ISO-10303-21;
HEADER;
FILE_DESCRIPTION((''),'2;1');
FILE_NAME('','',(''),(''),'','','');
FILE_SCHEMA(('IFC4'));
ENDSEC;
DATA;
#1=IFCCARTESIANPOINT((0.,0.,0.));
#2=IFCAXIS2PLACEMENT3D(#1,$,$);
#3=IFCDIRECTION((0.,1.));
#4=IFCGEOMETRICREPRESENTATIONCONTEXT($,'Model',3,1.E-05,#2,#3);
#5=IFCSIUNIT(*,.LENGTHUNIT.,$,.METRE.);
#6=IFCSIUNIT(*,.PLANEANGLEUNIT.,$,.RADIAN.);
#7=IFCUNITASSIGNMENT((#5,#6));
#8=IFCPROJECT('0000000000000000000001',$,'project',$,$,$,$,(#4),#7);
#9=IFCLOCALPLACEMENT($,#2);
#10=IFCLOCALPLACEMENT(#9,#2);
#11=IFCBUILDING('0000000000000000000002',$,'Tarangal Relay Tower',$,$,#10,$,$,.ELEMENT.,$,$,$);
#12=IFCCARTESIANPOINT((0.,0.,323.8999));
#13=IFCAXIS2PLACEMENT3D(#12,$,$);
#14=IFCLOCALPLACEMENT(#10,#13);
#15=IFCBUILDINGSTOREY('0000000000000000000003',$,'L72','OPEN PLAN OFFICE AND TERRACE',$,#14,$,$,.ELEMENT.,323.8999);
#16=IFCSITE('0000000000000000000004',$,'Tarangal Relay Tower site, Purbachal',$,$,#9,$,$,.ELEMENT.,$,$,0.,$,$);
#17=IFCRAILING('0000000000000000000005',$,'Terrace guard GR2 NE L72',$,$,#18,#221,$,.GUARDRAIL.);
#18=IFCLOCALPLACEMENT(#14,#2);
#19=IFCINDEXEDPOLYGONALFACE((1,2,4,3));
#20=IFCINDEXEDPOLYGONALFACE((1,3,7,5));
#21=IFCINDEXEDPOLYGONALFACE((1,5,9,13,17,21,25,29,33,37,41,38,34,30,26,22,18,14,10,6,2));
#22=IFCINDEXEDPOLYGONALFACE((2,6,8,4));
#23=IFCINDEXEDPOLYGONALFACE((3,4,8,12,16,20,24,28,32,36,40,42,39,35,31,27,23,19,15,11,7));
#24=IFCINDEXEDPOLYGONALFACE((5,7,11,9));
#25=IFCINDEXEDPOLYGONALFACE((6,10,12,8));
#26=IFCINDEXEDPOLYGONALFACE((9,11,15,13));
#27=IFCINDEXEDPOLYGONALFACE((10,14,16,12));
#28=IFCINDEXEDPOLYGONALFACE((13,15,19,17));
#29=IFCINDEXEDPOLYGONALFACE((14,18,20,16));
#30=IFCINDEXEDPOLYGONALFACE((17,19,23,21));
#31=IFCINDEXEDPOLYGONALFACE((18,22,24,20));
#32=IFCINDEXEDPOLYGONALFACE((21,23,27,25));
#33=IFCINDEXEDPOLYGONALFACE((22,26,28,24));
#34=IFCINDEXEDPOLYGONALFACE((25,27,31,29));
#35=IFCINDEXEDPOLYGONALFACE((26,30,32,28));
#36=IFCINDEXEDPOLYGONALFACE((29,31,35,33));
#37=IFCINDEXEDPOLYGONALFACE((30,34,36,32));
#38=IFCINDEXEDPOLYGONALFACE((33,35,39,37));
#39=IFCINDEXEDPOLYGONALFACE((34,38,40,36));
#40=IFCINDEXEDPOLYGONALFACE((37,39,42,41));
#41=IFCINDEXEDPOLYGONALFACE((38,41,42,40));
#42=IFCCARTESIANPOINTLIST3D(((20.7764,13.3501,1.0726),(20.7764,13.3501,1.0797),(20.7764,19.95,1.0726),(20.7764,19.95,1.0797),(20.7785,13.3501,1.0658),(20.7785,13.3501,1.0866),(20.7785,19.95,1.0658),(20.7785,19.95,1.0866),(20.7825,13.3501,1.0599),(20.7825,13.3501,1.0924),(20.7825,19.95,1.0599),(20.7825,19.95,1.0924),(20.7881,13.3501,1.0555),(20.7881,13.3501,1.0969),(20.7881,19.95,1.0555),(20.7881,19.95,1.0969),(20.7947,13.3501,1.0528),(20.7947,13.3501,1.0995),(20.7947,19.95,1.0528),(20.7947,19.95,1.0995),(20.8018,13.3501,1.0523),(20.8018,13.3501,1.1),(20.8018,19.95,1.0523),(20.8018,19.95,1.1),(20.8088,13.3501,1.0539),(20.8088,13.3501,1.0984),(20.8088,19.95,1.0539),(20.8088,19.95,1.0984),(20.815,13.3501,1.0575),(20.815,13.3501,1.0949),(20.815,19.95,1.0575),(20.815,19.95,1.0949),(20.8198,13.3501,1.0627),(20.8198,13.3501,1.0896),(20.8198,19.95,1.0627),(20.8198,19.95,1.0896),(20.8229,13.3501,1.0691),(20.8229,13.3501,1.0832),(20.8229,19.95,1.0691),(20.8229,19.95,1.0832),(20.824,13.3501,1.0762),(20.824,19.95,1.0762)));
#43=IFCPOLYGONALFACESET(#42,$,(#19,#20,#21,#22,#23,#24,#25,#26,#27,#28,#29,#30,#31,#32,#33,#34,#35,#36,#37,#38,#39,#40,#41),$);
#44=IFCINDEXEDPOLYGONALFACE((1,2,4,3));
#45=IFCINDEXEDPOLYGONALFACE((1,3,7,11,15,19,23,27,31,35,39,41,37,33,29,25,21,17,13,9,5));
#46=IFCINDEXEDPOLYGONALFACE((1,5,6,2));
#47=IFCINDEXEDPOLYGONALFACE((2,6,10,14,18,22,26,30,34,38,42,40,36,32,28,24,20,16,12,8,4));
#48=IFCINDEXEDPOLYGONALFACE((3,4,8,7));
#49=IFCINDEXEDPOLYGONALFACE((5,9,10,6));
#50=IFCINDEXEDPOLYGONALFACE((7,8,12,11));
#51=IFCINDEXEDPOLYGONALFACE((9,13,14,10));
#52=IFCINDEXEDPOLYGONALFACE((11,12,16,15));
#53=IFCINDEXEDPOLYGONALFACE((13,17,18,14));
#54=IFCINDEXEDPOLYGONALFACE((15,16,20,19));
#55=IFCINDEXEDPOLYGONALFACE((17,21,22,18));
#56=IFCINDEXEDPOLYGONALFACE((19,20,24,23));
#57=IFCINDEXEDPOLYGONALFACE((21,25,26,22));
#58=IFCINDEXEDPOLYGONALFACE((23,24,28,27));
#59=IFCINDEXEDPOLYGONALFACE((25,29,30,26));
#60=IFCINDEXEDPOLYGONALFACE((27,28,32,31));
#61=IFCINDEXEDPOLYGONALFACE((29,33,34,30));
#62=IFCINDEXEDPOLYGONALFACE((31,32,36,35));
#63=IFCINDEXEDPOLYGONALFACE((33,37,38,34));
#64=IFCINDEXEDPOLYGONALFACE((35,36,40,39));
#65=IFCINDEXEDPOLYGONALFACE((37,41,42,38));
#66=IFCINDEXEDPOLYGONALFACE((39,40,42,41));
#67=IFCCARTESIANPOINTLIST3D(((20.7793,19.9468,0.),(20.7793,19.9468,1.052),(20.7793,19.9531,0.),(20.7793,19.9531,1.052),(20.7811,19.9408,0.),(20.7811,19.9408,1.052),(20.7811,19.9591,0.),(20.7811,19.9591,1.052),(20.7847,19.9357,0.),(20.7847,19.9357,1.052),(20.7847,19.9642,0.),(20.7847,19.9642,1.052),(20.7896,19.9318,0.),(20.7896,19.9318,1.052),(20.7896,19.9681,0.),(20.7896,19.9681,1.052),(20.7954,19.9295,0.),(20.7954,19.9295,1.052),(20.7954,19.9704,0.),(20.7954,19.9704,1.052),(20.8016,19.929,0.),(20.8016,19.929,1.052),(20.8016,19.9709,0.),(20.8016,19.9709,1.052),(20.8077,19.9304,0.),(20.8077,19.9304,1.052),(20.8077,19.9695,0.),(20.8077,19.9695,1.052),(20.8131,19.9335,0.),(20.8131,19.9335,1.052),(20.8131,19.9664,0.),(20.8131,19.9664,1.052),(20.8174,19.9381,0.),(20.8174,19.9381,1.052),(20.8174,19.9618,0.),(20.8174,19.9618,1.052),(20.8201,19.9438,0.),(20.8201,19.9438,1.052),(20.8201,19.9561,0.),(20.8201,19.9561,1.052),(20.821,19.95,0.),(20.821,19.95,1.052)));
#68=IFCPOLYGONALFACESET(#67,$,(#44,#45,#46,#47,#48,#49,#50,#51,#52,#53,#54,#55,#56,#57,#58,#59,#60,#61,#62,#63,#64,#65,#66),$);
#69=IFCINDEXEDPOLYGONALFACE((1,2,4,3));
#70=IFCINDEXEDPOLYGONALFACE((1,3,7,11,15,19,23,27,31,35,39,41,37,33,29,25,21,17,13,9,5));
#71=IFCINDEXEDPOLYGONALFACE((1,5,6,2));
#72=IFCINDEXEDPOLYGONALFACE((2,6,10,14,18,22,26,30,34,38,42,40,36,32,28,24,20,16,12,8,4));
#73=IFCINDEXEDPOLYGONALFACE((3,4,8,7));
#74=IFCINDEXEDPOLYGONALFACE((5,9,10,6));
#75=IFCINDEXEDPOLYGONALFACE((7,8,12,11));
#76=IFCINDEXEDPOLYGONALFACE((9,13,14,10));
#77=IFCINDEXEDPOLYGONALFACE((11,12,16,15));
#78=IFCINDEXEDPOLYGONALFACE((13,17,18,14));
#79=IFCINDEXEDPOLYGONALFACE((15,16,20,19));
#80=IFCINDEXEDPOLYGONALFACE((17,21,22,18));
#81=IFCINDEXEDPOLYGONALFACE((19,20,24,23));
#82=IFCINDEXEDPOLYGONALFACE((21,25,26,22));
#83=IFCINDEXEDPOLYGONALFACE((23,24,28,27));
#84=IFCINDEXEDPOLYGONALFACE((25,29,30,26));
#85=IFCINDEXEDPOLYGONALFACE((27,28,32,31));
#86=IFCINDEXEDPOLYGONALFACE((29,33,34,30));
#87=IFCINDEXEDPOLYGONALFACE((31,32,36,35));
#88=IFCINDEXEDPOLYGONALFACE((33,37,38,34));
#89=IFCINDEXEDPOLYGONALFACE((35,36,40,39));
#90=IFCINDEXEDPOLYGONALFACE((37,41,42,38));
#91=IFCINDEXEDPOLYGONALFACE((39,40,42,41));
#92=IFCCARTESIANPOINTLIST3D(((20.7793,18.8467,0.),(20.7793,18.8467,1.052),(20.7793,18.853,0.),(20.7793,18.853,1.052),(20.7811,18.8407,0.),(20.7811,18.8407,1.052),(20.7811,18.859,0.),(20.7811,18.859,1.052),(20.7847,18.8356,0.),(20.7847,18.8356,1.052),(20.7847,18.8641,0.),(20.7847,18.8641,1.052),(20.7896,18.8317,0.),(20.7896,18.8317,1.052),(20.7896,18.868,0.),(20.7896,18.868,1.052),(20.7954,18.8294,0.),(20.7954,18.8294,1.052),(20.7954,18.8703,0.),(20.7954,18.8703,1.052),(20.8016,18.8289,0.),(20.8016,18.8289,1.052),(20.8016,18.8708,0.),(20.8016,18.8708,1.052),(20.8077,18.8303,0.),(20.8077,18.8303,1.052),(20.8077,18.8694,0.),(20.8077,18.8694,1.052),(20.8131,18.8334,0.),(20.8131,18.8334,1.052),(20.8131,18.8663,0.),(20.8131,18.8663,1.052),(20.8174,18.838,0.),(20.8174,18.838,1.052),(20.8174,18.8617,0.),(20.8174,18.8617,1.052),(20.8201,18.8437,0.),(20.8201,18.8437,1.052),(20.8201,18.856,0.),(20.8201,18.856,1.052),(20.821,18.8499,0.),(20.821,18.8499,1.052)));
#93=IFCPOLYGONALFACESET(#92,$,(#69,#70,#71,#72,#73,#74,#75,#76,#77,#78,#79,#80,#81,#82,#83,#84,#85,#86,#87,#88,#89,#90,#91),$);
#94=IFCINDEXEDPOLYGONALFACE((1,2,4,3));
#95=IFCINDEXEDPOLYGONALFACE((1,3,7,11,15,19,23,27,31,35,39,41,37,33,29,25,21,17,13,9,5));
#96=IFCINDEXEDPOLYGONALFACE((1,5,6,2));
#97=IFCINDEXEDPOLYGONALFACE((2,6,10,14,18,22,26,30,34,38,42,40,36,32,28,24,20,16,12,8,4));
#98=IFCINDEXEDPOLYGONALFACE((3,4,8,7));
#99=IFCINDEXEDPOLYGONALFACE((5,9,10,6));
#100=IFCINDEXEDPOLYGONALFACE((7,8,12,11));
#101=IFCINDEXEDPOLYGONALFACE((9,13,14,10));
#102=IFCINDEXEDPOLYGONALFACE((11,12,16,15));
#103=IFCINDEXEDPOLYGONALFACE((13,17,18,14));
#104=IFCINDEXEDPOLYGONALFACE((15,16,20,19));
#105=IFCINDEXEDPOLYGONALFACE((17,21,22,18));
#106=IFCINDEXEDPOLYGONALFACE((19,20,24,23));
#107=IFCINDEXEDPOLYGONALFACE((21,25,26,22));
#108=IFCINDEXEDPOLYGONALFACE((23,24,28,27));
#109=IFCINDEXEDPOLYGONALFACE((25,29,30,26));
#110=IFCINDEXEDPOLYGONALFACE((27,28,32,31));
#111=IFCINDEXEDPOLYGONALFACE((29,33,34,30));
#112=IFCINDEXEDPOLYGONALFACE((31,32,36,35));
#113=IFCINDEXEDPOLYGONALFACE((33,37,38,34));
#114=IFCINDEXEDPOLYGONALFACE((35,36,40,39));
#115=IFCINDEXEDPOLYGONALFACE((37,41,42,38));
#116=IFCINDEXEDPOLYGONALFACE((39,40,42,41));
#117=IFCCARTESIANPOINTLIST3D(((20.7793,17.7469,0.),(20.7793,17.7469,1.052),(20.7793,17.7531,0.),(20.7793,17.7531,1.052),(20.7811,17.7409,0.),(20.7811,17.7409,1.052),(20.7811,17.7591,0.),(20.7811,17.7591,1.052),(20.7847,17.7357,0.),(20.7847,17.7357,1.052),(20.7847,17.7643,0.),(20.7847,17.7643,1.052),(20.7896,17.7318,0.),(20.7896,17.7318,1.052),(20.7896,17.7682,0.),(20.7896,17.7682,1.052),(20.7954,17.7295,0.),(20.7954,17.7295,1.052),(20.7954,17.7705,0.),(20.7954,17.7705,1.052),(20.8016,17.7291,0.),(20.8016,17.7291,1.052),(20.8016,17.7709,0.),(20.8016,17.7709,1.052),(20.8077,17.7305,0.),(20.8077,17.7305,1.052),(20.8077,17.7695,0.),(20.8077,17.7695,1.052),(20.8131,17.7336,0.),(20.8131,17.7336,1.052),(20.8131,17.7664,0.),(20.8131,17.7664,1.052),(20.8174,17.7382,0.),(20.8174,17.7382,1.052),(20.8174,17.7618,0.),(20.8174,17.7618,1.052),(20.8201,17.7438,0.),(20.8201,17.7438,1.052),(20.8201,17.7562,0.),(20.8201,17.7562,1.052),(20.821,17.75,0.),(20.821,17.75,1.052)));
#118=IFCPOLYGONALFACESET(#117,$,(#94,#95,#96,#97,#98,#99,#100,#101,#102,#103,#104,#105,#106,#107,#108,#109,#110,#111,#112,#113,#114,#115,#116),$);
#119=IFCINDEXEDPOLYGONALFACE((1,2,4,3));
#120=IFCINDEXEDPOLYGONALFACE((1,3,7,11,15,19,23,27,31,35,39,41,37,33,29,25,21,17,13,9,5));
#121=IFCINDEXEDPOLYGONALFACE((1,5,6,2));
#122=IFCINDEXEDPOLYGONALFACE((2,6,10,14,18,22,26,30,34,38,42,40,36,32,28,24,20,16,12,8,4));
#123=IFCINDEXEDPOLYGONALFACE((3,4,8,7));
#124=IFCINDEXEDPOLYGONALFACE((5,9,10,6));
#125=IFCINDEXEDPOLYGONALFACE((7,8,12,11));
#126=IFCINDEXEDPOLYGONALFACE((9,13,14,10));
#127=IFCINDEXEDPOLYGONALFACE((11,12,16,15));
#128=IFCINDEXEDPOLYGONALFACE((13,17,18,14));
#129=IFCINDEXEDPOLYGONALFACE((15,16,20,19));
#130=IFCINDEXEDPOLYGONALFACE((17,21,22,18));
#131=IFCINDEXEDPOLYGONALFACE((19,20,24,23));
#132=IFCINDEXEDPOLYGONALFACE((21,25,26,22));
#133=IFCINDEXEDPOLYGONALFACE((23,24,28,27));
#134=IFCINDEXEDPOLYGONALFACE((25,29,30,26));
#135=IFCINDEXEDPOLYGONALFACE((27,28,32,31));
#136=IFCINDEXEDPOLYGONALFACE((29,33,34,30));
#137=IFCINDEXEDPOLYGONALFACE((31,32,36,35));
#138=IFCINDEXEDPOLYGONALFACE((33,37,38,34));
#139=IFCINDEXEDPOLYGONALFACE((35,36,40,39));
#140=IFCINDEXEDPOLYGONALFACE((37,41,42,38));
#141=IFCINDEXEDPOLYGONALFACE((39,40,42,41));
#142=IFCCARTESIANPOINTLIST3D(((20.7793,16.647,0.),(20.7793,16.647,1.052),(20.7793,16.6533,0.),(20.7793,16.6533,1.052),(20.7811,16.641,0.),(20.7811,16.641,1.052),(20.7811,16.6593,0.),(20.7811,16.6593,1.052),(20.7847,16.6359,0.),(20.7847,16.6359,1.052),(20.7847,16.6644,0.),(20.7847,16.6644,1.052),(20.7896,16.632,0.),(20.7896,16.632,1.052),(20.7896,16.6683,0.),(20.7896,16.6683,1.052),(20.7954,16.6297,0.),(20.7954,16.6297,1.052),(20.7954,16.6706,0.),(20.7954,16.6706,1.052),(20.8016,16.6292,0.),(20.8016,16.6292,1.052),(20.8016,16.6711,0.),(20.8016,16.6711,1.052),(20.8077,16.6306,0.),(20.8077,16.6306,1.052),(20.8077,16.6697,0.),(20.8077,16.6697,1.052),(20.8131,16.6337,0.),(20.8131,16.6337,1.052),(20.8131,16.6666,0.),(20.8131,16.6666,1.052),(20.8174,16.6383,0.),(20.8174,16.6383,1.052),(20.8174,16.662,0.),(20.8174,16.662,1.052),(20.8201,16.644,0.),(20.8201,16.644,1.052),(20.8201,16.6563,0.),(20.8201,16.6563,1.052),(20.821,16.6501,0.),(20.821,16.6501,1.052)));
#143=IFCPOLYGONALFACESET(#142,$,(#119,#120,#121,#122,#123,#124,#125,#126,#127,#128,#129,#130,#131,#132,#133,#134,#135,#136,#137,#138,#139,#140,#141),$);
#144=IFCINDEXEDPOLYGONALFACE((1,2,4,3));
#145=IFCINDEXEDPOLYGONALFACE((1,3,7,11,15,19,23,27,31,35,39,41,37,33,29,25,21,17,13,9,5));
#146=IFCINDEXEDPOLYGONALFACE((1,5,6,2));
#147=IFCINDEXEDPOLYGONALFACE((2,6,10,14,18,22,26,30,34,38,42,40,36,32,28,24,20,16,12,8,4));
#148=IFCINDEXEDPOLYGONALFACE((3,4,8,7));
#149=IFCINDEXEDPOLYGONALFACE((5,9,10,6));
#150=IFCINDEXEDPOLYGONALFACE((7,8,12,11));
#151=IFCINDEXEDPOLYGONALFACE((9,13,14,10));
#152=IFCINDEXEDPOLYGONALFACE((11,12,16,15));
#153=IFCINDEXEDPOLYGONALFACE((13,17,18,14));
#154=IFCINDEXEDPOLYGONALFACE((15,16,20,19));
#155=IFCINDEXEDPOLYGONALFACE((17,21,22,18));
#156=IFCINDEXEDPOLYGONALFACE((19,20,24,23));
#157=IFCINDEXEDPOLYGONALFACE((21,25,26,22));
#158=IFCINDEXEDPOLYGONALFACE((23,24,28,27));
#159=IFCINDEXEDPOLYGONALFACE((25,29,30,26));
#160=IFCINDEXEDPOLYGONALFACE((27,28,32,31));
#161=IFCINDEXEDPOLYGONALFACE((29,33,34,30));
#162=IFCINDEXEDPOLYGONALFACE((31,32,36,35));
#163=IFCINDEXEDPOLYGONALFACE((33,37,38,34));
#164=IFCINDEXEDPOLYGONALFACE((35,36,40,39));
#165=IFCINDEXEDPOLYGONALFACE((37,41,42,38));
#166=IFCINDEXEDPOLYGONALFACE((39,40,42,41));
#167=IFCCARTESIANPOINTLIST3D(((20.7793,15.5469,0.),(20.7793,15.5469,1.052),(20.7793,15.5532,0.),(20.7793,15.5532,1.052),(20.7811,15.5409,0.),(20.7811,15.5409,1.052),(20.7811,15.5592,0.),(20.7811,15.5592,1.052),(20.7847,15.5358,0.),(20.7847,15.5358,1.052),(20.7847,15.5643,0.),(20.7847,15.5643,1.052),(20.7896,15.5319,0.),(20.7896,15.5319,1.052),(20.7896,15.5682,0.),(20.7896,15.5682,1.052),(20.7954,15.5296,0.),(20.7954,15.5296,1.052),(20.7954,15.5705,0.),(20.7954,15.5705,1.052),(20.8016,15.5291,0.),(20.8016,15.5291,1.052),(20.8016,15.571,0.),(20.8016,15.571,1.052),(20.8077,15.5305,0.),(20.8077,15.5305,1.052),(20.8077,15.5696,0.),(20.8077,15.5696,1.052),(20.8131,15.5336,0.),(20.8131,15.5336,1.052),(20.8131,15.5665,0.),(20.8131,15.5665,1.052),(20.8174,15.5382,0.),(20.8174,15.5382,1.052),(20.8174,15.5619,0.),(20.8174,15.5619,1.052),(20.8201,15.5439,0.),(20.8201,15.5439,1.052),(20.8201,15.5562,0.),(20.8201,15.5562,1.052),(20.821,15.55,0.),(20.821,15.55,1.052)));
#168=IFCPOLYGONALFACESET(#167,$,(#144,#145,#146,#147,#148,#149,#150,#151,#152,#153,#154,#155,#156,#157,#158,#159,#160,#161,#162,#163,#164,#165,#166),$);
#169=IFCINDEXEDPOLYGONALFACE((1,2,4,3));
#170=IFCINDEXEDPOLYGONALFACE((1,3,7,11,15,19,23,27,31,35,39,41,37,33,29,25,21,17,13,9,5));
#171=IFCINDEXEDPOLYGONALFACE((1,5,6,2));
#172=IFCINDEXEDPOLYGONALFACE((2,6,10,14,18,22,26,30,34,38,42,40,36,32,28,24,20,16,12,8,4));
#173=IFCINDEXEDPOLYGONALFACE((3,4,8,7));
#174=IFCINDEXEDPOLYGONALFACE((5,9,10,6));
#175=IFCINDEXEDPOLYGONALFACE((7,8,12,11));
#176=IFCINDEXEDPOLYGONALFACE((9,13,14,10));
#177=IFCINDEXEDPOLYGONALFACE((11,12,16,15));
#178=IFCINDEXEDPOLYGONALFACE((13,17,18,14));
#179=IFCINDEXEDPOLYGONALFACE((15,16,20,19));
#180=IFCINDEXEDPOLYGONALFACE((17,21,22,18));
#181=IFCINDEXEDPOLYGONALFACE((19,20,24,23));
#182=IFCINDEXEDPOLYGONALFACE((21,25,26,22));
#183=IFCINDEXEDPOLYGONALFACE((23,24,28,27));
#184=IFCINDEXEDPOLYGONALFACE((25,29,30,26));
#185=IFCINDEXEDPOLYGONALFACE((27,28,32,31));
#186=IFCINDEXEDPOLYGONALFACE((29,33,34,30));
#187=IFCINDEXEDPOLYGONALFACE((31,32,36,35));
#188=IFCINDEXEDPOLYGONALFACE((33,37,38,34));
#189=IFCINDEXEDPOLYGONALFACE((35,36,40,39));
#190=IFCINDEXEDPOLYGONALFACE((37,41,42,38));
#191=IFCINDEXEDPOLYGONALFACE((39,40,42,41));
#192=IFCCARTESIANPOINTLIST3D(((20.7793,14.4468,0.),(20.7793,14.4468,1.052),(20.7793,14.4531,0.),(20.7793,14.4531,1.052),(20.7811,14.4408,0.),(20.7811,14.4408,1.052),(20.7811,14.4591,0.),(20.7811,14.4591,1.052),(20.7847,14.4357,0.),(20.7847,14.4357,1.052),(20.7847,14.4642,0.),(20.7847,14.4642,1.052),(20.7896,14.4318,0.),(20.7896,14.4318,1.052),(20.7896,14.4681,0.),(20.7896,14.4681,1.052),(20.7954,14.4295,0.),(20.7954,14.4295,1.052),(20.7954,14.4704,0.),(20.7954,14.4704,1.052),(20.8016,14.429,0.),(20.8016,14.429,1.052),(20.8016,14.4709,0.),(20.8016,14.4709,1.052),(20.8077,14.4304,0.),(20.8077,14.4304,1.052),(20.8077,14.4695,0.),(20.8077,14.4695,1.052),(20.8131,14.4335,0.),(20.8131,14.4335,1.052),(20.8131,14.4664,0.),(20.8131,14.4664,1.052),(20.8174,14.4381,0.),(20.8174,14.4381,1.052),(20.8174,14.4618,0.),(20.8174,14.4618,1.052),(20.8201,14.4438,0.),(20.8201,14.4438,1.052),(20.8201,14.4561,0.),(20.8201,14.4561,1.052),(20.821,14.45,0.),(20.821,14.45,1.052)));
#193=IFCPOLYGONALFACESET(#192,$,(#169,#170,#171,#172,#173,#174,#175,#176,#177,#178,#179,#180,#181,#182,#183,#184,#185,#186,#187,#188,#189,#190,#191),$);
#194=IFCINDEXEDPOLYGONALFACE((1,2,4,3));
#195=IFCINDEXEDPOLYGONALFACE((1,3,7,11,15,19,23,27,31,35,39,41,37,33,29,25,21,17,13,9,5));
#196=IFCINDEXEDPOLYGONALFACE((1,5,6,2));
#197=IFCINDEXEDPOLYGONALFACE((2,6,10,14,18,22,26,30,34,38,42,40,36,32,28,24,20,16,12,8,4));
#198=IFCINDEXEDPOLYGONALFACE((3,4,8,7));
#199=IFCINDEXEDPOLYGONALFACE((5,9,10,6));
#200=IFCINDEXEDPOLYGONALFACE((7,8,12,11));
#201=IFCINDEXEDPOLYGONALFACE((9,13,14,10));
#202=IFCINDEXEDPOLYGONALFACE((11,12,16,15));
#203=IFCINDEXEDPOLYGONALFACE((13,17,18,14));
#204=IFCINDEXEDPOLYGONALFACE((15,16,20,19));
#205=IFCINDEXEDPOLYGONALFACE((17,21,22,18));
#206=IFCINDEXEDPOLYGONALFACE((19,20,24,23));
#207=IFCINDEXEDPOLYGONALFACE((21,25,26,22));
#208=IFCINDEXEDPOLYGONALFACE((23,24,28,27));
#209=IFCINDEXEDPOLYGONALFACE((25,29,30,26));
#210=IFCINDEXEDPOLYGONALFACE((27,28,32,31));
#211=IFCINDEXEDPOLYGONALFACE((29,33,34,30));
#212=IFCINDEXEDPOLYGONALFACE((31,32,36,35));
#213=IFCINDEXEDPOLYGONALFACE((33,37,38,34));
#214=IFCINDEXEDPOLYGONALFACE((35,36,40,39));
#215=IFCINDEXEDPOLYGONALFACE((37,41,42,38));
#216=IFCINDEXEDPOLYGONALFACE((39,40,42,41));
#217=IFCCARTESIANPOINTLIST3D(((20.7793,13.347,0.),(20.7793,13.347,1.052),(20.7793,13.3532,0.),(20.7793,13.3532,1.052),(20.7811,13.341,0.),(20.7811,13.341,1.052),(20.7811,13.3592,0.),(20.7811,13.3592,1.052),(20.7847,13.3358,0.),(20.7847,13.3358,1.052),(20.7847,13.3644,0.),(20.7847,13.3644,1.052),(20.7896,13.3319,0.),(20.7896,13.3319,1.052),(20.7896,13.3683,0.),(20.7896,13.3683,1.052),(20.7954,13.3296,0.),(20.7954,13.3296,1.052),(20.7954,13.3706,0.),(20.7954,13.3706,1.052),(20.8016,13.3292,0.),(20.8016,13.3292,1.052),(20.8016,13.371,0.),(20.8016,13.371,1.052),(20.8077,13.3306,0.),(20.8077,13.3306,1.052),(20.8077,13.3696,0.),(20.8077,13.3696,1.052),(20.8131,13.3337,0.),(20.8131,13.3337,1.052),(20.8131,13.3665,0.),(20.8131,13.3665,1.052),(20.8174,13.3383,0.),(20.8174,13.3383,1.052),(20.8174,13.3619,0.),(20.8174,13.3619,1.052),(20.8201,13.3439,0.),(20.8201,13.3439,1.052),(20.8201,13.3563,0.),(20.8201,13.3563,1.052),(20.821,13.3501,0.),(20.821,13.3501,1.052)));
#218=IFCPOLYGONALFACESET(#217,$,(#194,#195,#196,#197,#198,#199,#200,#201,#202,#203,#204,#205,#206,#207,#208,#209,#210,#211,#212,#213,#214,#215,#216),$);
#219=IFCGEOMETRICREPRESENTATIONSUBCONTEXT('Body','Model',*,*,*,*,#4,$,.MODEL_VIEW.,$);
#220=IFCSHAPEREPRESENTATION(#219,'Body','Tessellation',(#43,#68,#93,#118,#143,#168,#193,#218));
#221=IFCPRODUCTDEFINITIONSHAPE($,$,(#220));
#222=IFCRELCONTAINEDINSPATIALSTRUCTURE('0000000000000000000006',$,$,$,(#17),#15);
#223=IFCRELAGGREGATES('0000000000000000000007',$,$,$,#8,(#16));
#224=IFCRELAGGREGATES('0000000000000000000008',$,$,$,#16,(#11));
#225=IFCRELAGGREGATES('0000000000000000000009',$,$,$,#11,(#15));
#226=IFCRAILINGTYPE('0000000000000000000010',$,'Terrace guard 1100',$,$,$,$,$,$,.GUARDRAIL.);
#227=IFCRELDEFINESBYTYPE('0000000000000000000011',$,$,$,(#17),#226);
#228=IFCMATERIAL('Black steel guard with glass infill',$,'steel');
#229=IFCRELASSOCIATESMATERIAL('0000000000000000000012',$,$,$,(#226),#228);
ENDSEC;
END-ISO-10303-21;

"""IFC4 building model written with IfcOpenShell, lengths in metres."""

from ifc_helpers import new_model, si_unit, direction, frame, origin, origin_2d, place, context, subcontext, project, spatial, circle, extrude, material, type_object, element, save


model = new_model("IFC4")

# Units and contexts
model_context = context("Model", 3, precision=1e-05, world=origin(), true_north=direction((0.0, 1.0)))
body_context = subcontext(model_context, "Body", "Model", "MODEL_VIEW")
ifc_project = project(units=[si_unit("LENGTHUNIT", "METRE"), si_unit("PLANEANGLEUNIT", "RADIAN")], contexts=[model_context])

# Site, building, storey
site_placement = place(None, origin())
site = spatial("IfcSite", under=ifc_project, at=site_placement, Name="Tarangal Relay Tower site, Purbachal", CompositionType="ELEMENT", RefElevation=0.0)
building_placement = place(site_placement, origin())
building = spatial("IfcBuilding", under=site, at=building_placement, Name="Tarangal Relay Tower", CompositionType="ELEMENT")
storey_placement = place(building_placement, frame((0.0, 0.0, 323.8999)))
storey = spatial("IfcBuildingStorey", under=building, at=storey_placement, Name="L72", Description="OPEN PLAN OFFICE AND TERRACE", CompositionType="ELEMENT", Elevation=323.8999)

# Railing
ifc_material_1 = material(Name="Black steel guard with glass infill", Category="steel")
railing_type = type_object("IfcRailingType", Name="Terrace guard 1100", PredefinedType="GUARDRAIL", material=ifc_material_1)
railing_1_placement = place(storey_placement, frame((20.8, 19.95, 0.0)))
element("IfcRailing", 1, at=railing_1_placement, inside=storey, type_object=railing_type, Name="Terrace guard GR2 NE L72", PredefinedType="GUARDRAIL", context=body_context, shape_type="SweptSolid", body=[
    extrude(circle(Radius=0.0239, at=origin_2d()), frame((0.0, 0.0, 1.0762), z_axis=(0.0, -1.0, 0.0), x_axis=(1.0, 0.0, 0.0)), (0.0, 0.0, 1.0), 6.5999),
    extrude(circle(Radius=0.021, at=origin_2d()), origin(), (0.0, 0.0, 1.0), 1.052),
    extrude(circle(Radius=0.021, at=origin_2d()), frame((0.0, -1.1001, 0.0)), (0.0, 0.0, 1.0), 1.052),
    extrude(circle(Radius=0.021, at=origin_2d()), frame((0.0, -2.2, 0.0)), (0.0, 0.0, 1.0), 1.052),
    extrude(circle(Radius=0.021, at=origin_2d()), frame((0.0, -3.2998, 0.0)), (0.0, 0.0, 1.0), 1.052),
    extrude(circle(Radius=0.021, at=origin_2d()), frame((0.0, -4.3999, 0.0)), (0.0, 0.0, 1.0), 1.052),
    extrude(circle(Radius=0.021, at=origin_2d()), frame((0.0, -5.5, 0.0)), (0.0, 0.0, 1.0), 1.052),
    extrude(circle(Radius=0.021, at=origin_2d()), frame((0.0, -6.5999, 0.0)), (0.0, 0.0, 1.0), 1.052),
])

save(model, "model.ifc")
